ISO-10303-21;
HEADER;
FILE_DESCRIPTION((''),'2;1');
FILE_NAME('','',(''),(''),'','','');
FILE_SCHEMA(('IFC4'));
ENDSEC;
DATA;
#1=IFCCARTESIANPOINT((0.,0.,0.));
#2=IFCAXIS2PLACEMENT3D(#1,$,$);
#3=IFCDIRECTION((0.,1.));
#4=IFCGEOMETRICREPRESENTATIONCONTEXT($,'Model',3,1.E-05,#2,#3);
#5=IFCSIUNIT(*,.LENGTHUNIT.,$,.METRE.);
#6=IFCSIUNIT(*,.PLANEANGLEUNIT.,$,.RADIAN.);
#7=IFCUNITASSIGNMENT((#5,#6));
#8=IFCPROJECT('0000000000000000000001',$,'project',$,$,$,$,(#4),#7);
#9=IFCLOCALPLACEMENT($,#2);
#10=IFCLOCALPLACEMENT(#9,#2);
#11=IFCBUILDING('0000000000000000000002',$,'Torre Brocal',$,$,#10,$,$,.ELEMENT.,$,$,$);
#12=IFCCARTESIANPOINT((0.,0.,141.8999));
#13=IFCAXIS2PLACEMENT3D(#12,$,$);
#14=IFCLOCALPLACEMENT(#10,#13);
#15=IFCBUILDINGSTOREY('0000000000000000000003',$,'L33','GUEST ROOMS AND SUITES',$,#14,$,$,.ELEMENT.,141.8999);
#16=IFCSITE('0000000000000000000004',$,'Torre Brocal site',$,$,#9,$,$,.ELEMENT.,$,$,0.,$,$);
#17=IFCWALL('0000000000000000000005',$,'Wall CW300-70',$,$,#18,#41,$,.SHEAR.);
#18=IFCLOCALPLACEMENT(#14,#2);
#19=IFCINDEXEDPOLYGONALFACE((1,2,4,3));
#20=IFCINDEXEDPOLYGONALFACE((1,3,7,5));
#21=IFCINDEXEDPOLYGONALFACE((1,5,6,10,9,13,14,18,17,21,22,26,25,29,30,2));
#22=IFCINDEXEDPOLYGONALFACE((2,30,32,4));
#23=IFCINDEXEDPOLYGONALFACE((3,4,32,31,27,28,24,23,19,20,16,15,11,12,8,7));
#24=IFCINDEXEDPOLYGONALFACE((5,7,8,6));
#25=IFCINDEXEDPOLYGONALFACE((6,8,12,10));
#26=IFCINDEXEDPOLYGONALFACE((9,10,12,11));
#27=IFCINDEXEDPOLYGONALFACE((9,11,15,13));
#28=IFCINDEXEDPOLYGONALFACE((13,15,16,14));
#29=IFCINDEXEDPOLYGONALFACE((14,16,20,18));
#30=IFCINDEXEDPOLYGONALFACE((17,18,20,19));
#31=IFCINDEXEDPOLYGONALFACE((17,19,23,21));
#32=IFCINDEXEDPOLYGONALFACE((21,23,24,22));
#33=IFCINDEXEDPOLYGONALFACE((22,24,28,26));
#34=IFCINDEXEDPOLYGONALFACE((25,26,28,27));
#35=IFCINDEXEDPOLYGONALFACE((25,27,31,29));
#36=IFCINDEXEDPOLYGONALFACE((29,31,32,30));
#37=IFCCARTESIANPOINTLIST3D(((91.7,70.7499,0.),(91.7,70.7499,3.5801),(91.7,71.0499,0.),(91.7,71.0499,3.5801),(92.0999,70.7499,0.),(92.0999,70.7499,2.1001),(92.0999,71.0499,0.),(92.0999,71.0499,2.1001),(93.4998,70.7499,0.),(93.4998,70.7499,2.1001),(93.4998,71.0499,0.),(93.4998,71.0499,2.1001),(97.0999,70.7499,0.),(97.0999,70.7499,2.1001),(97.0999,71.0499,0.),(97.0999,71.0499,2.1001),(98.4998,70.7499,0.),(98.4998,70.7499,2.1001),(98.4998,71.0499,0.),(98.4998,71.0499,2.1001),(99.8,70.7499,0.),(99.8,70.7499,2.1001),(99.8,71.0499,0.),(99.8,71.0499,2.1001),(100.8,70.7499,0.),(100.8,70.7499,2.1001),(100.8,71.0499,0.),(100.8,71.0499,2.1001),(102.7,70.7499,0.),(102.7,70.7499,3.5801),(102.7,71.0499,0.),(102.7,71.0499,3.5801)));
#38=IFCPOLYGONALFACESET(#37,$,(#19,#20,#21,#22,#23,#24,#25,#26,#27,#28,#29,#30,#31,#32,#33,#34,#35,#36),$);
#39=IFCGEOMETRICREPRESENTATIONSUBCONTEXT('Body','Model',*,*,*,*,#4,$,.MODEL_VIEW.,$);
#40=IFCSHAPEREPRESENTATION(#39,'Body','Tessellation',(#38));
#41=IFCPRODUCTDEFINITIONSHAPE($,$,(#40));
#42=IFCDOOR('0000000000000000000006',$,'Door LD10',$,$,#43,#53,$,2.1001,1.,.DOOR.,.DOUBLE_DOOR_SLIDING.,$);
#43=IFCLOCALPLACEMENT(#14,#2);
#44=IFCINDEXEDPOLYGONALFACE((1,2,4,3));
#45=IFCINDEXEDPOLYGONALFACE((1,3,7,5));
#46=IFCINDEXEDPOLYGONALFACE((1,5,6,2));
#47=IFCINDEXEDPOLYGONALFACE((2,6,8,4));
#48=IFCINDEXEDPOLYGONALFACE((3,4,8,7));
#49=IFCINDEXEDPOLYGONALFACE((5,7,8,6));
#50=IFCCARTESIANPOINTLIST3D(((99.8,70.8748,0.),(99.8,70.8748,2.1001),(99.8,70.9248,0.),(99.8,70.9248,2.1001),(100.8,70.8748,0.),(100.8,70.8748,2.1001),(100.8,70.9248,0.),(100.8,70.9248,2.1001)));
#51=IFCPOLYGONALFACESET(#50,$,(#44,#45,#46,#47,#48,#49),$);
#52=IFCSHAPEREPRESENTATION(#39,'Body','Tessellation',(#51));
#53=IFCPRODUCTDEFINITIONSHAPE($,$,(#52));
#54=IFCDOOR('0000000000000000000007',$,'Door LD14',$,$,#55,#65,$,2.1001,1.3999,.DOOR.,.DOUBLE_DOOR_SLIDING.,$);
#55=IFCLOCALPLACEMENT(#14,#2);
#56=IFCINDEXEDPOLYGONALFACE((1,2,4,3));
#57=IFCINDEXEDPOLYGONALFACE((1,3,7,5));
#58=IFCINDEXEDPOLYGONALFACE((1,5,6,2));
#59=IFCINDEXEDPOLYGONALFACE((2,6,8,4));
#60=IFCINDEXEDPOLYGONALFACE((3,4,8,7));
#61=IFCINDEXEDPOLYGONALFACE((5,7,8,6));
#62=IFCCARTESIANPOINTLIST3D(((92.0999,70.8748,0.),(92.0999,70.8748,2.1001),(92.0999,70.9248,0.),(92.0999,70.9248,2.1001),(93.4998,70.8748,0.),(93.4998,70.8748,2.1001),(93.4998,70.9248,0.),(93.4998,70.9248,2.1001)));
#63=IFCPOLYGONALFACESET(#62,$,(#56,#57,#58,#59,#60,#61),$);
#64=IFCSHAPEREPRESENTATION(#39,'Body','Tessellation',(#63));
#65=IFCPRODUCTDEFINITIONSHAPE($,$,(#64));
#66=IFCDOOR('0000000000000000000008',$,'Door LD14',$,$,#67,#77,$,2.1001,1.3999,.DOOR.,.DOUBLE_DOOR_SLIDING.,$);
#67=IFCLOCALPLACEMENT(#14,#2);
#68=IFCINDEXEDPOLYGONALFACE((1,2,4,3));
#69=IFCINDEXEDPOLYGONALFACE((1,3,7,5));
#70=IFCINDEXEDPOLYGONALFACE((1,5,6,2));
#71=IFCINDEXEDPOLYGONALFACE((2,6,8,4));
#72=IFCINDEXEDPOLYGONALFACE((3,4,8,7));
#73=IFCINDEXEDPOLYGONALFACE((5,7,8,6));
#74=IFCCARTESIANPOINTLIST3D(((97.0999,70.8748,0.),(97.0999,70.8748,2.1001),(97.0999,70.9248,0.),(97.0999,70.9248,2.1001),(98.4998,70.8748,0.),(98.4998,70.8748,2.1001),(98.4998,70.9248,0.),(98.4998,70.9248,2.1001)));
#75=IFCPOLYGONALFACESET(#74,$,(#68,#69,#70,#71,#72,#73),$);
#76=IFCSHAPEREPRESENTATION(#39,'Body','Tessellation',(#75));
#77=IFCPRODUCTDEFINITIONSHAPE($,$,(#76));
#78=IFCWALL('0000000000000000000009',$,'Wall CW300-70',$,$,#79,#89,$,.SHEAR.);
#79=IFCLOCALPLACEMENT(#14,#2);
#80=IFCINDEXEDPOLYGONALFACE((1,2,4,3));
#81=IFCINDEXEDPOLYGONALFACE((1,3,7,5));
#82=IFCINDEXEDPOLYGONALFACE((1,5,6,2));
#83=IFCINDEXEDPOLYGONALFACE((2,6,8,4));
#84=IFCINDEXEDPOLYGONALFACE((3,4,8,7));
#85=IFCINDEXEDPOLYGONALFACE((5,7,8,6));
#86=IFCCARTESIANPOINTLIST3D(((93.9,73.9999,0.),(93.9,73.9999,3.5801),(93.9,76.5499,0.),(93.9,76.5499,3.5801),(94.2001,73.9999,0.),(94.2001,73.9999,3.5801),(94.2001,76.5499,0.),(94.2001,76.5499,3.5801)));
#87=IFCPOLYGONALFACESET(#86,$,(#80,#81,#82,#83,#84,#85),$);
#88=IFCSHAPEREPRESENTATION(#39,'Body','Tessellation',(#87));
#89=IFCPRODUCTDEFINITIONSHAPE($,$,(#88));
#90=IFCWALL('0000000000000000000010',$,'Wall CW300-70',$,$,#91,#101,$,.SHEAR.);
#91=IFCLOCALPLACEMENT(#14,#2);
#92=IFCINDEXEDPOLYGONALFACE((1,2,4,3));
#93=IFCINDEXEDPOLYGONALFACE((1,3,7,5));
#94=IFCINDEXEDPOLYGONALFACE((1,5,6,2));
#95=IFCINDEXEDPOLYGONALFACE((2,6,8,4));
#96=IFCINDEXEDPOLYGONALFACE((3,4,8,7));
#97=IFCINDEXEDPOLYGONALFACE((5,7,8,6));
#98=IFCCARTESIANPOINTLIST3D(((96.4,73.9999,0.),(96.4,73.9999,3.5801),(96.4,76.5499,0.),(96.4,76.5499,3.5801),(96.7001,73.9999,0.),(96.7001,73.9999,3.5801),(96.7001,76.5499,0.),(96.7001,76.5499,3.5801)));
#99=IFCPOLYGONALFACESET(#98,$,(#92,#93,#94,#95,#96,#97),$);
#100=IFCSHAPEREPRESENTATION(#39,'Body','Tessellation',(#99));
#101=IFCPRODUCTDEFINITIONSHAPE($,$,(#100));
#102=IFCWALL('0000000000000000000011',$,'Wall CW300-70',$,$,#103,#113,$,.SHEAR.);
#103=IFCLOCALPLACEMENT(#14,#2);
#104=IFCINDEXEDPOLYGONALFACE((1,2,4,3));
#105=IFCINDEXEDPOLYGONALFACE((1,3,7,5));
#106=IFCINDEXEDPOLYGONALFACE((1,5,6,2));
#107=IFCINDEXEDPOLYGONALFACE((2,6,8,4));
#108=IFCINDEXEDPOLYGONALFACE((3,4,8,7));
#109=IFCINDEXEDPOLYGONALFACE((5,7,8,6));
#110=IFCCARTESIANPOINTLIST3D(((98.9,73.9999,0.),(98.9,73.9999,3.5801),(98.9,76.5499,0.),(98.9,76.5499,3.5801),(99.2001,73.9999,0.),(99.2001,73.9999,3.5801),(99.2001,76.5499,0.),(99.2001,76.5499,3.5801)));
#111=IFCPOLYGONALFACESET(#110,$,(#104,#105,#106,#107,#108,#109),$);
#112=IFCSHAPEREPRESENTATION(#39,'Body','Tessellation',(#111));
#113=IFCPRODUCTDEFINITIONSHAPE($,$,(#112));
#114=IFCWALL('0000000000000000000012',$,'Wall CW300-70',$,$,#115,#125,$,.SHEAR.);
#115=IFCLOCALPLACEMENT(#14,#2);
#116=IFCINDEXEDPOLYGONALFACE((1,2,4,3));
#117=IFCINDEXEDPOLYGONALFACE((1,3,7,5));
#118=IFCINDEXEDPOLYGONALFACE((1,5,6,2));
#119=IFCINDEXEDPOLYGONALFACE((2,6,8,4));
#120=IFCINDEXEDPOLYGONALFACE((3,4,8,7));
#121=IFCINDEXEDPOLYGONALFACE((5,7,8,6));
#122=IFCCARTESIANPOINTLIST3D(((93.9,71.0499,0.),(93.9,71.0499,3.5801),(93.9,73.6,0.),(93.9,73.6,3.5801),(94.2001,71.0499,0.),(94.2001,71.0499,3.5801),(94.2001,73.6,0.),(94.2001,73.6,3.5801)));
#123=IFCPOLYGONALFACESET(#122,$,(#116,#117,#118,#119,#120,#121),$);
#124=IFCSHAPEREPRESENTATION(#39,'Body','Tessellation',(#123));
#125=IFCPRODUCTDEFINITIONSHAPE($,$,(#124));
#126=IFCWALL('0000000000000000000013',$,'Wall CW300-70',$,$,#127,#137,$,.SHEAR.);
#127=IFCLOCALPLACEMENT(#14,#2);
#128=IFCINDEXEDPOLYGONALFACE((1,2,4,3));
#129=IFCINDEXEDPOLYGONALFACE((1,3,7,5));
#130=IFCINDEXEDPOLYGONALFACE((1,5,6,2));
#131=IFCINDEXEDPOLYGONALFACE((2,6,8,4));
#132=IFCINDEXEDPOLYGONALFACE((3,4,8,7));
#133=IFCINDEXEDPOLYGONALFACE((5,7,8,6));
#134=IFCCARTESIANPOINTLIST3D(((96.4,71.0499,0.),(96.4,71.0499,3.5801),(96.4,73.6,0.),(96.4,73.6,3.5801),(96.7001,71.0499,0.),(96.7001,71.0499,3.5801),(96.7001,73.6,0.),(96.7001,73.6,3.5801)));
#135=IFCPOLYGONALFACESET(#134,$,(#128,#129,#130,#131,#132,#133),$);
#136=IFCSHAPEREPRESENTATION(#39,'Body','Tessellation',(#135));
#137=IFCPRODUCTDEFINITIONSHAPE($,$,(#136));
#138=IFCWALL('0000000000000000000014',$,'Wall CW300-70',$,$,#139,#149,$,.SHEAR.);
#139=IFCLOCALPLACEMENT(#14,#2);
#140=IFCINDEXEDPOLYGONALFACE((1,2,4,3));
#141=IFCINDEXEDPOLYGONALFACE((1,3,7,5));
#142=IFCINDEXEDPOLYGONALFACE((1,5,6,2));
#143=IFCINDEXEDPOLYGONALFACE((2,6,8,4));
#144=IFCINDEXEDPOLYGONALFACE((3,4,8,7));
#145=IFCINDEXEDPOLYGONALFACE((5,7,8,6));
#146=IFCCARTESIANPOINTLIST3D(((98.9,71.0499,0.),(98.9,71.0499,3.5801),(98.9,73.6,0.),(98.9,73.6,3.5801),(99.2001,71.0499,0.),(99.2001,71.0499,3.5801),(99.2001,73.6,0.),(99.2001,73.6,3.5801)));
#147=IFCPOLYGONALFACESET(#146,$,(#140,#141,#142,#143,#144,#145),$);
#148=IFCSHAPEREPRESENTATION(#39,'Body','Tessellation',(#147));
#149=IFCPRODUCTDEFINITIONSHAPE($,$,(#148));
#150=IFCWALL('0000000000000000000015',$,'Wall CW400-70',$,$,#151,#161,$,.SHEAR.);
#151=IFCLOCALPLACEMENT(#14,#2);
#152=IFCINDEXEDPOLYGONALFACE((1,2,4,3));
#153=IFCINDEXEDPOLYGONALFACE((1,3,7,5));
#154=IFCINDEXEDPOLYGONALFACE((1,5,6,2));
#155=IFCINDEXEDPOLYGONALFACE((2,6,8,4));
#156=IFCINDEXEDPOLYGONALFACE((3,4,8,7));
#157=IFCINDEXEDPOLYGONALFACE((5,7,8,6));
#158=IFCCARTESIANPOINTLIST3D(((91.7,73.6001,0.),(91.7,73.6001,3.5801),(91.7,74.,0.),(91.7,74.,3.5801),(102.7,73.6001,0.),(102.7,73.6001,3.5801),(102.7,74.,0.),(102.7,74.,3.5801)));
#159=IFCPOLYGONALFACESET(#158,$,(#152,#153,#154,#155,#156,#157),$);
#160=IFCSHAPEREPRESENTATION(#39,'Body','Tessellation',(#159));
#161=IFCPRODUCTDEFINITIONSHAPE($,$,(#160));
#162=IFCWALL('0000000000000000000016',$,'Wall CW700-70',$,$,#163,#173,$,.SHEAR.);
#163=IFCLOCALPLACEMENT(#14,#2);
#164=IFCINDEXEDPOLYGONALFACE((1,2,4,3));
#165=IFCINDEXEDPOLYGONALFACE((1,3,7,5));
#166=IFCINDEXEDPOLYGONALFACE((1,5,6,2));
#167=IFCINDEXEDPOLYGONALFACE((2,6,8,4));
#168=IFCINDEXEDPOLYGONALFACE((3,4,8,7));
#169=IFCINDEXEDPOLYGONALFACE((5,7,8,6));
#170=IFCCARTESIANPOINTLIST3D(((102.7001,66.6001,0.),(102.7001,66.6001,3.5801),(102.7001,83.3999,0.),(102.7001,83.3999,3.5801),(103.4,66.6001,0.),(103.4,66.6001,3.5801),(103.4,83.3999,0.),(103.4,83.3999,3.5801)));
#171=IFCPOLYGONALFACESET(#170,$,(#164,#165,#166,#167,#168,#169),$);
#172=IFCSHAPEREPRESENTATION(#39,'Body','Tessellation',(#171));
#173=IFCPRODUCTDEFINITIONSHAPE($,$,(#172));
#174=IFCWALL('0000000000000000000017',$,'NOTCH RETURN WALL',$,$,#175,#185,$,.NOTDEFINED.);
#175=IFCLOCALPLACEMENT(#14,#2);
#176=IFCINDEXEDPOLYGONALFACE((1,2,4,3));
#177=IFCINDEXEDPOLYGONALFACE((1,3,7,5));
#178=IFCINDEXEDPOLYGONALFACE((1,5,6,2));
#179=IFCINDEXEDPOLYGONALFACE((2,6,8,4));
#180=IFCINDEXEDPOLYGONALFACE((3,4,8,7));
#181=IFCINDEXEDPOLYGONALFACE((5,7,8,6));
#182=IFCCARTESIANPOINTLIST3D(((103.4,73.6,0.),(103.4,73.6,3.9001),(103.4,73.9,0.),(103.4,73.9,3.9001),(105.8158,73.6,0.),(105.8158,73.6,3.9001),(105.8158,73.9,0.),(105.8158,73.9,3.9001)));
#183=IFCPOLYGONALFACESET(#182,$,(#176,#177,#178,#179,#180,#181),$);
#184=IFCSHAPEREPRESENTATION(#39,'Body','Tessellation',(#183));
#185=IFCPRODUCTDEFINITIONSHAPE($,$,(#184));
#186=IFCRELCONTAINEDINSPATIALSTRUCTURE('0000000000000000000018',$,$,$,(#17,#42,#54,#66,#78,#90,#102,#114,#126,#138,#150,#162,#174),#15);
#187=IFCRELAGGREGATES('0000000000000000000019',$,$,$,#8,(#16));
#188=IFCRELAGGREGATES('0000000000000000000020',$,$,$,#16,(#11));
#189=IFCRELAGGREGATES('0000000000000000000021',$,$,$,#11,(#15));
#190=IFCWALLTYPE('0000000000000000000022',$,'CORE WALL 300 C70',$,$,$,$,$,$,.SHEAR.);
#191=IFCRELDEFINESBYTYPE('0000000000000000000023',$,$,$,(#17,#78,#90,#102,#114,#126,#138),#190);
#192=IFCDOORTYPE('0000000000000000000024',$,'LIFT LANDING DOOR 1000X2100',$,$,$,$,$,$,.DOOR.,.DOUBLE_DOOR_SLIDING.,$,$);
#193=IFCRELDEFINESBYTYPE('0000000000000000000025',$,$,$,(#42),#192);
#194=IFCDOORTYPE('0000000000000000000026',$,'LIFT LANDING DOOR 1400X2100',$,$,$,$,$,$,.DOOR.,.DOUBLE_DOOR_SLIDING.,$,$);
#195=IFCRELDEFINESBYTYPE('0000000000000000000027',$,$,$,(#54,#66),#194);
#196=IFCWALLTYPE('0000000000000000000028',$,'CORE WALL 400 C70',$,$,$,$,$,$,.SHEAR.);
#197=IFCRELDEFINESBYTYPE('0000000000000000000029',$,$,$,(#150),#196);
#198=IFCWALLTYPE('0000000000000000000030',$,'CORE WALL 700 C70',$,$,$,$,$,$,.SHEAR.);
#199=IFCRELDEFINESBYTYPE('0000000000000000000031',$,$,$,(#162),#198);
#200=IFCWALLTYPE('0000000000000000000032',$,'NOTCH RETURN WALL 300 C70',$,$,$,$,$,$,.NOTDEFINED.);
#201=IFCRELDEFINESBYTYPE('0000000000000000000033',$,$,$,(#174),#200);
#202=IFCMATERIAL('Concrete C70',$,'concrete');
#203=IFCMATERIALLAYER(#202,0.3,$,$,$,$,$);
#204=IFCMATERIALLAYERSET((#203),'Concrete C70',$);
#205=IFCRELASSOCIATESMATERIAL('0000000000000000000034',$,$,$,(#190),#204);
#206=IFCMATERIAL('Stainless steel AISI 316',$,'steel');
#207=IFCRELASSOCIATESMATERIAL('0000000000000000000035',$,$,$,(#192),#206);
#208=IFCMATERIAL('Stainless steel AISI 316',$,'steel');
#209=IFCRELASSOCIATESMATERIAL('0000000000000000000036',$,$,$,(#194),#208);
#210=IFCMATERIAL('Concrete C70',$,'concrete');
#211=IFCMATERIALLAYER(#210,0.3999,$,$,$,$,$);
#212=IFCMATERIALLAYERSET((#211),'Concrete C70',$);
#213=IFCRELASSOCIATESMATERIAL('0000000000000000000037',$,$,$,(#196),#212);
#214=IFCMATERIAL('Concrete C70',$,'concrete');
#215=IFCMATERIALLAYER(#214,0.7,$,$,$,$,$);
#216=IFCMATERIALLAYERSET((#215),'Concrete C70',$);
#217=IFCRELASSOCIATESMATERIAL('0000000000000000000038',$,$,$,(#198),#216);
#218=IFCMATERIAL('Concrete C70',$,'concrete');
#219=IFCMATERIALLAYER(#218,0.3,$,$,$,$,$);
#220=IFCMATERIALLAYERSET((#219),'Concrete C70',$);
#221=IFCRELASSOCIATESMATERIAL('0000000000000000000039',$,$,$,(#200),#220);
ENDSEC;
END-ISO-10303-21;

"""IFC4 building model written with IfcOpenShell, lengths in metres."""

from ifc_helpers import new_model, si_unit, direction, frame, frame_2d, origin, place, context, subcontext, project, spatial, rectangle, extrude, material, layer, layer_set, type_object, element, fill, save


model = new_model("IFC4")

# Units and contexts
model_context = context("Model", 3, precision=1e-05, world=origin(), true_north=direction((0.0, 1.0)))
body_context = subcontext(model_context, "Body", "Model", "MODEL_VIEW")
ifc_project = project(units=[si_unit("LENGTHUNIT", "METRE"), si_unit("PLANEANGLEUNIT", "RADIAN")], contexts=[model_context])

# Site, building, storey
site_placement = place(None, origin())
site = spatial("IfcSite", under=ifc_project, at=site_placement, Name="Torre Brocal site", CompositionType="ELEMENT", RefElevation=0.0)
building_placement = place(site_placement, origin())
building = spatial("IfcBuilding", under=site, at=building_placement, Name="Torre Brocal", CompositionType="ELEMENT")
storey_placement = place(building_placement, frame((0.0, 0.0, 141.8999)))
storey = spatial("IfcBuildingStorey", under=building, at=storey_placement, Name="L33", Description="GUEST ROOMS AND SUITES", CompositionType="ELEMENT", Elevation=141.8999)

# Shared definitions
ifc_material_1 = material(Name="Concrete C70", Category="concrete")
ifc_layer_1 = layer(ifc_material_1, 0.3)
ifc_layer_set_1 = layer_set([ifc_layer_1], Name="Concrete C70")
wall_type_1 = type_object("IfcWallType", Name="CORE WALL 300 C70", PredefinedType="SHEAR", material=ifc_layer_set_1)

# Wall, openings, doors
wall_1_placement = place(storey_placement, frame((91.7, 70.8999, 0.0), z_axis=(0.0, 0.0, 1.0), x_axis=(1.0, 0.0, 0.0)))
wall_1 = element("IfcWall", 1, at=wall_1_placement, inside=storey, type_object=wall_type_1, Name="Wall CW300-70", PredefinedType="SHEAR", context=body_context, shape_type="SweptSolid", body=[
    extrude(rectangle(XDim=11.0, YDim=0.3, at=frame_2d((5.5, 0.0))), origin(), (0.0, 0.0, 1.0), 3.5801),
])
opening_1_placement = place(wall_1_placement, frame((0.3999, 0.0, 0.0)))
opening_1 = element("IfcOpeningElement", 2, at=opening_1_placement, cuts=wall_1, PredefinedType="OPENING", context=body_context, shape_type="SweptSolid", body=[
    extrude(rectangle(XDim=1.3999, YDim=2.1001, at=frame_2d((0.7, 1.05))), frame((0.0, 0.1599, 0.0), z_axis=(0.0, -1.0, 0.0), x_axis=(1.0, 0.0, 0.0)), (0.0, 0.0, 1.0), 0.3201),
])
opening_2_placement = place(wall_1_placement, frame((5.3999, 0.0, 0.0)))
opening_2 = element("IfcOpeningElement", 3, at=opening_2_placement, cuts=wall_1, PredefinedType="OPENING", context=body_context, shape_type="SweptSolid", body=[
    extrude(rectangle(XDim=1.3999, YDim=2.1001, at=frame_2d((0.7, 1.05))), frame((0.0, 0.1599, 0.0), z_axis=(0.0, -1.0, 0.0), x_axis=(1.0, 0.0, 0.0)), (0.0, 0.0, 1.0), 0.3201),
])
opening_3_placement = place(wall_1_placement, frame((8.1001, 0.0, 0.0)))
opening_3 = element("IfcOpeningElement", 4, at=opening_3_placement, cuts=wall_1, PredefinedType="OPENING", context=body_context, shape_type="SweptSolid", body=[
    extrude(rectangle(XDim=1.0, YDim=2.1001, at=frame_2d((0.5, 1.05))), frame((0.0, 0.1599, 0.0), z_axis=(0.0, -1.0, 0.0), x_axis=(1.0, 0.0, 0.0)), (0.0, 0.0, 1.0), 0.3201),
])
ifc_material_2 = material(Name="Stainless steel AISI 316", Category="steel")
door_type_1 = type_object("IfcDoorType", Name="LIFT LANDING DOOR 1000X2100", OperationType="DOUBLE_DOOR_SLIDING", PredefinedType="DOOR", material=ifc_material_2)
door_1_placement = place(opening_3_placement, origin())
door_1 = element("IfcDoor", 5, at=door_1_placement, inside=storey, type_object=door_type_1, Name="Door LD10", OperationType="DOUBLE_DOOR_SLIDING", OverallHeight=2.1001, OverallWidth=1.0, PredefinedType="DOOR", context=body_context, shape_type="SweptSolid", body=[
    extrude(rectangle(XDim=1.0, YDim=2.1001, at=frame_2d((0.5, 1.05))), frame((0.0, 0.0249, 0.0), z_axis=(0.0, -1.0, 0.0), x_axis=(1.0, 0.0, 0.0)), (0.0, 0.0, 1.0), 0.05),
])
fill(opening_3, door_1)
ifc_material_3 = material(Name="Stainless steel AISI 316", Category="steel")
door_type_2 = type_object("IfcDoorType", Name="LIFT LANDING DOOR 1400X2100", OperationType="DOUBLE_DOOR_SLIDING", PredefinedType="DOOR", material=ifc_material_3)
door_2_placement = place(opening_1_placement, origin())
door_2 = element("IfcDoor", 6, at=door_2_placement, inside=storey, type_object=door_type_2, Name="Door LD14", OperationType="DOUBLE_DOOR_SLIDING", OverallHeight=2.1001, OverallWidth=1.3999, PredefinedType="DOOR", context=body_context, shape_type="SweptSolid", body=[
    extrude(rectangle(XDim=1.3999, YDim=2.1001, at=frame_2d((0.7, 1.05))), frame((0.0, 0.0249, 0.0), z_axis=(0.0, -1.0, 0.0), x_axis=(1.0, 0.0, 0.0)), (0.0, 0.0, 1.0), 0.05),
])
fill(opening_1, door_2)
door_3_placement = place(opening_2_placement, origin())
door_3 = element("IfcDoor", 7, at=door_3_placement, inside=storey, type_object=door_type_2, Name="Door LD14", OperationType="DOUBLE_DOOR_SLIDING", OverallHeight=2.1001, OverallWidth=1.3999, PredefinedType="DOOR", context=body_context, shape_type="SweptSolid", body=[
    extrude(rectangle(XDim=1.3999, YDim=2.1001, at=frame_2d((0.7, 1.05))), frame((0.0, 0.0249, 0.0), z_axis=(0.0, -1.0, 0.0), x_axis=(1.0, 0.0, 0.0)), (0.0, 0.0, 1.0), 0.05),
])
fill(opening_2, door_3)

# Walls
for number, where, z_axis, x_axis, name in (
    (8, (94.05, 74.0, 0.0), (0.0, 0.0, 1.0), (0.0, 1.0, 0.0), "Wall CW300-70"),
    (9, (96.55, 74.0, 0.0), (0.0, 0.0, 1.0), (0.0, 1.0, 0.0), "Wall CW300-70"),
    (10, (99.05, 74.0, 0.0), (0.0, 0.0, 1.0), (0.0, 1.0, 0.0), "Wall CW300-70"),
    (11, (94.05, 71.05, 0.0), (0.0, 0.0, 1.0), (0.0, 1.0, 0.0), "Wall CW300-70"),
    (12, (96.55, 71.05, 0.0), (0.0, 0.0, 1.0), (0.0, 1.0, 0.0), "Wall CW300-70"),
    (13, (99.05, 71.05, 0.0), (0.0, 0.0, 1.0), (0.0, 1.0, 0.0), "Wall CW300-70"),
):
    element("IfcWall", number, at=place(storey_placement, frame(where, z_axis=z_axis, x_axis=x_axis)), inside=storey, type_object=wall_type_1, Name=name, PredefinedType="SHEAR", context=body_context, shape_type="SweptSolid", body=[
        extrude(rectangle(XDim=2.55, YDim=0.3, at=frame_2d((1.2749, 0.0))), origin(), (0.0, 0.0, 1.0), 3.5801),
    ])
ifc_material_4 = material(Name="Concrete C70", Category="concrete")
ifc_layer_2 = layer(ifc_material_4, 0.3999)
ifc_layer_set_2 = layer_set([ifc_layer_2], Name="Concrete C70")
wall_type_2 = type_object("IfcWallType", Name="CORE WALL 400 C70", PredefinedType="SHEAR", material=ifc_layer_set_2)
wall_2_placement = place(storey_placement, frame((91.7, 73.8, 0.0), z_axis=(0.0, 0.0, 1.0), x_axis=(1.0, 0.0, 0.0)))
element("IfcWall", 14, at=wall_2_placement, inside=storey, type_object=wall_type_2, Name="Wall CW400-70", PredefinedType="SHEAR", context=body_context, shape_type="SweptSolid", body=[
    extrude(rectangle(XDim=11.0, YDim=0.3999, at=frame_2d((5.5, 0.0))), origin(), (0.0, 0.0, 1.0), 3.5801),
])
ifc_material_5 = material(Name="Concrete C70", Category="concrete")
ifc_layer_3 = layer(ifc_material_5, 0.7)
ifc_layer_set_3 = layer_set([ifc_layer_3], Name="Concrete C70")
wall_type_3 = type_object("IfcWallType", Name="CORE WALL 700 C70", PredefinedType="SHEAR", material=ifc_layer_set_3)
wall_3_placement = place(storey_placement, frame((103.05, 66.6001, 0.0), z_axis=(0.0, 0.0, 1.0), x_axis=(0.0, 1.0, 0.0)))
element("IfcWall", 15, at=wall_3_placement, inside=storey, type_object=wall_type_3, Name="Wall CW700-70", PredefinedType="SHEAR", context=body_context, shape_type="SweptSolid", body=[
    extrude(rectangle(XDim=16.7998, YDim=0.7, at=frame_2d((8.3999, 0.0))), origin(), (0.0, 0.0, 1.0), 3.5801),
])
ifc_material_6 = material(Name="Concrete C70", Category="concrete")
ifc_layer_4 = layer(ifc_material_6, 0.3)
ifc_layer_set_4 = layer_set([ifc_layer_4], Name="Concrete C70")
wall_type_4 = type_object("IfcWallType", Name="NOTCH RETURN WALL 300 C70", PredefinedType="NOTDEFINED", material=ifc_layer_set_4)
wall_4_placement = place(storey_placement, frame((103.3999, 73.75, 0.0), z_axis=(0.0, 0.0, 1.0), x_axis=(1.0, 0.0, 0.0)))
element("IfcWall", 16, at=wall_4_placement, inside=storey, type_object=wall_type_4, Name="NOTCH RETURN WALL", PredefinedType="NOTDEFINED", context=body_context, shape_type="SweptSolid", body=[
    extrude(rectangle(XDim=2.4158, YDim=0.3, at=frame_2d((1.208, 0.0))), origin(), (0.0, 0.0, 1.0), 3.9001),
])

save(model, "model.ifc")
